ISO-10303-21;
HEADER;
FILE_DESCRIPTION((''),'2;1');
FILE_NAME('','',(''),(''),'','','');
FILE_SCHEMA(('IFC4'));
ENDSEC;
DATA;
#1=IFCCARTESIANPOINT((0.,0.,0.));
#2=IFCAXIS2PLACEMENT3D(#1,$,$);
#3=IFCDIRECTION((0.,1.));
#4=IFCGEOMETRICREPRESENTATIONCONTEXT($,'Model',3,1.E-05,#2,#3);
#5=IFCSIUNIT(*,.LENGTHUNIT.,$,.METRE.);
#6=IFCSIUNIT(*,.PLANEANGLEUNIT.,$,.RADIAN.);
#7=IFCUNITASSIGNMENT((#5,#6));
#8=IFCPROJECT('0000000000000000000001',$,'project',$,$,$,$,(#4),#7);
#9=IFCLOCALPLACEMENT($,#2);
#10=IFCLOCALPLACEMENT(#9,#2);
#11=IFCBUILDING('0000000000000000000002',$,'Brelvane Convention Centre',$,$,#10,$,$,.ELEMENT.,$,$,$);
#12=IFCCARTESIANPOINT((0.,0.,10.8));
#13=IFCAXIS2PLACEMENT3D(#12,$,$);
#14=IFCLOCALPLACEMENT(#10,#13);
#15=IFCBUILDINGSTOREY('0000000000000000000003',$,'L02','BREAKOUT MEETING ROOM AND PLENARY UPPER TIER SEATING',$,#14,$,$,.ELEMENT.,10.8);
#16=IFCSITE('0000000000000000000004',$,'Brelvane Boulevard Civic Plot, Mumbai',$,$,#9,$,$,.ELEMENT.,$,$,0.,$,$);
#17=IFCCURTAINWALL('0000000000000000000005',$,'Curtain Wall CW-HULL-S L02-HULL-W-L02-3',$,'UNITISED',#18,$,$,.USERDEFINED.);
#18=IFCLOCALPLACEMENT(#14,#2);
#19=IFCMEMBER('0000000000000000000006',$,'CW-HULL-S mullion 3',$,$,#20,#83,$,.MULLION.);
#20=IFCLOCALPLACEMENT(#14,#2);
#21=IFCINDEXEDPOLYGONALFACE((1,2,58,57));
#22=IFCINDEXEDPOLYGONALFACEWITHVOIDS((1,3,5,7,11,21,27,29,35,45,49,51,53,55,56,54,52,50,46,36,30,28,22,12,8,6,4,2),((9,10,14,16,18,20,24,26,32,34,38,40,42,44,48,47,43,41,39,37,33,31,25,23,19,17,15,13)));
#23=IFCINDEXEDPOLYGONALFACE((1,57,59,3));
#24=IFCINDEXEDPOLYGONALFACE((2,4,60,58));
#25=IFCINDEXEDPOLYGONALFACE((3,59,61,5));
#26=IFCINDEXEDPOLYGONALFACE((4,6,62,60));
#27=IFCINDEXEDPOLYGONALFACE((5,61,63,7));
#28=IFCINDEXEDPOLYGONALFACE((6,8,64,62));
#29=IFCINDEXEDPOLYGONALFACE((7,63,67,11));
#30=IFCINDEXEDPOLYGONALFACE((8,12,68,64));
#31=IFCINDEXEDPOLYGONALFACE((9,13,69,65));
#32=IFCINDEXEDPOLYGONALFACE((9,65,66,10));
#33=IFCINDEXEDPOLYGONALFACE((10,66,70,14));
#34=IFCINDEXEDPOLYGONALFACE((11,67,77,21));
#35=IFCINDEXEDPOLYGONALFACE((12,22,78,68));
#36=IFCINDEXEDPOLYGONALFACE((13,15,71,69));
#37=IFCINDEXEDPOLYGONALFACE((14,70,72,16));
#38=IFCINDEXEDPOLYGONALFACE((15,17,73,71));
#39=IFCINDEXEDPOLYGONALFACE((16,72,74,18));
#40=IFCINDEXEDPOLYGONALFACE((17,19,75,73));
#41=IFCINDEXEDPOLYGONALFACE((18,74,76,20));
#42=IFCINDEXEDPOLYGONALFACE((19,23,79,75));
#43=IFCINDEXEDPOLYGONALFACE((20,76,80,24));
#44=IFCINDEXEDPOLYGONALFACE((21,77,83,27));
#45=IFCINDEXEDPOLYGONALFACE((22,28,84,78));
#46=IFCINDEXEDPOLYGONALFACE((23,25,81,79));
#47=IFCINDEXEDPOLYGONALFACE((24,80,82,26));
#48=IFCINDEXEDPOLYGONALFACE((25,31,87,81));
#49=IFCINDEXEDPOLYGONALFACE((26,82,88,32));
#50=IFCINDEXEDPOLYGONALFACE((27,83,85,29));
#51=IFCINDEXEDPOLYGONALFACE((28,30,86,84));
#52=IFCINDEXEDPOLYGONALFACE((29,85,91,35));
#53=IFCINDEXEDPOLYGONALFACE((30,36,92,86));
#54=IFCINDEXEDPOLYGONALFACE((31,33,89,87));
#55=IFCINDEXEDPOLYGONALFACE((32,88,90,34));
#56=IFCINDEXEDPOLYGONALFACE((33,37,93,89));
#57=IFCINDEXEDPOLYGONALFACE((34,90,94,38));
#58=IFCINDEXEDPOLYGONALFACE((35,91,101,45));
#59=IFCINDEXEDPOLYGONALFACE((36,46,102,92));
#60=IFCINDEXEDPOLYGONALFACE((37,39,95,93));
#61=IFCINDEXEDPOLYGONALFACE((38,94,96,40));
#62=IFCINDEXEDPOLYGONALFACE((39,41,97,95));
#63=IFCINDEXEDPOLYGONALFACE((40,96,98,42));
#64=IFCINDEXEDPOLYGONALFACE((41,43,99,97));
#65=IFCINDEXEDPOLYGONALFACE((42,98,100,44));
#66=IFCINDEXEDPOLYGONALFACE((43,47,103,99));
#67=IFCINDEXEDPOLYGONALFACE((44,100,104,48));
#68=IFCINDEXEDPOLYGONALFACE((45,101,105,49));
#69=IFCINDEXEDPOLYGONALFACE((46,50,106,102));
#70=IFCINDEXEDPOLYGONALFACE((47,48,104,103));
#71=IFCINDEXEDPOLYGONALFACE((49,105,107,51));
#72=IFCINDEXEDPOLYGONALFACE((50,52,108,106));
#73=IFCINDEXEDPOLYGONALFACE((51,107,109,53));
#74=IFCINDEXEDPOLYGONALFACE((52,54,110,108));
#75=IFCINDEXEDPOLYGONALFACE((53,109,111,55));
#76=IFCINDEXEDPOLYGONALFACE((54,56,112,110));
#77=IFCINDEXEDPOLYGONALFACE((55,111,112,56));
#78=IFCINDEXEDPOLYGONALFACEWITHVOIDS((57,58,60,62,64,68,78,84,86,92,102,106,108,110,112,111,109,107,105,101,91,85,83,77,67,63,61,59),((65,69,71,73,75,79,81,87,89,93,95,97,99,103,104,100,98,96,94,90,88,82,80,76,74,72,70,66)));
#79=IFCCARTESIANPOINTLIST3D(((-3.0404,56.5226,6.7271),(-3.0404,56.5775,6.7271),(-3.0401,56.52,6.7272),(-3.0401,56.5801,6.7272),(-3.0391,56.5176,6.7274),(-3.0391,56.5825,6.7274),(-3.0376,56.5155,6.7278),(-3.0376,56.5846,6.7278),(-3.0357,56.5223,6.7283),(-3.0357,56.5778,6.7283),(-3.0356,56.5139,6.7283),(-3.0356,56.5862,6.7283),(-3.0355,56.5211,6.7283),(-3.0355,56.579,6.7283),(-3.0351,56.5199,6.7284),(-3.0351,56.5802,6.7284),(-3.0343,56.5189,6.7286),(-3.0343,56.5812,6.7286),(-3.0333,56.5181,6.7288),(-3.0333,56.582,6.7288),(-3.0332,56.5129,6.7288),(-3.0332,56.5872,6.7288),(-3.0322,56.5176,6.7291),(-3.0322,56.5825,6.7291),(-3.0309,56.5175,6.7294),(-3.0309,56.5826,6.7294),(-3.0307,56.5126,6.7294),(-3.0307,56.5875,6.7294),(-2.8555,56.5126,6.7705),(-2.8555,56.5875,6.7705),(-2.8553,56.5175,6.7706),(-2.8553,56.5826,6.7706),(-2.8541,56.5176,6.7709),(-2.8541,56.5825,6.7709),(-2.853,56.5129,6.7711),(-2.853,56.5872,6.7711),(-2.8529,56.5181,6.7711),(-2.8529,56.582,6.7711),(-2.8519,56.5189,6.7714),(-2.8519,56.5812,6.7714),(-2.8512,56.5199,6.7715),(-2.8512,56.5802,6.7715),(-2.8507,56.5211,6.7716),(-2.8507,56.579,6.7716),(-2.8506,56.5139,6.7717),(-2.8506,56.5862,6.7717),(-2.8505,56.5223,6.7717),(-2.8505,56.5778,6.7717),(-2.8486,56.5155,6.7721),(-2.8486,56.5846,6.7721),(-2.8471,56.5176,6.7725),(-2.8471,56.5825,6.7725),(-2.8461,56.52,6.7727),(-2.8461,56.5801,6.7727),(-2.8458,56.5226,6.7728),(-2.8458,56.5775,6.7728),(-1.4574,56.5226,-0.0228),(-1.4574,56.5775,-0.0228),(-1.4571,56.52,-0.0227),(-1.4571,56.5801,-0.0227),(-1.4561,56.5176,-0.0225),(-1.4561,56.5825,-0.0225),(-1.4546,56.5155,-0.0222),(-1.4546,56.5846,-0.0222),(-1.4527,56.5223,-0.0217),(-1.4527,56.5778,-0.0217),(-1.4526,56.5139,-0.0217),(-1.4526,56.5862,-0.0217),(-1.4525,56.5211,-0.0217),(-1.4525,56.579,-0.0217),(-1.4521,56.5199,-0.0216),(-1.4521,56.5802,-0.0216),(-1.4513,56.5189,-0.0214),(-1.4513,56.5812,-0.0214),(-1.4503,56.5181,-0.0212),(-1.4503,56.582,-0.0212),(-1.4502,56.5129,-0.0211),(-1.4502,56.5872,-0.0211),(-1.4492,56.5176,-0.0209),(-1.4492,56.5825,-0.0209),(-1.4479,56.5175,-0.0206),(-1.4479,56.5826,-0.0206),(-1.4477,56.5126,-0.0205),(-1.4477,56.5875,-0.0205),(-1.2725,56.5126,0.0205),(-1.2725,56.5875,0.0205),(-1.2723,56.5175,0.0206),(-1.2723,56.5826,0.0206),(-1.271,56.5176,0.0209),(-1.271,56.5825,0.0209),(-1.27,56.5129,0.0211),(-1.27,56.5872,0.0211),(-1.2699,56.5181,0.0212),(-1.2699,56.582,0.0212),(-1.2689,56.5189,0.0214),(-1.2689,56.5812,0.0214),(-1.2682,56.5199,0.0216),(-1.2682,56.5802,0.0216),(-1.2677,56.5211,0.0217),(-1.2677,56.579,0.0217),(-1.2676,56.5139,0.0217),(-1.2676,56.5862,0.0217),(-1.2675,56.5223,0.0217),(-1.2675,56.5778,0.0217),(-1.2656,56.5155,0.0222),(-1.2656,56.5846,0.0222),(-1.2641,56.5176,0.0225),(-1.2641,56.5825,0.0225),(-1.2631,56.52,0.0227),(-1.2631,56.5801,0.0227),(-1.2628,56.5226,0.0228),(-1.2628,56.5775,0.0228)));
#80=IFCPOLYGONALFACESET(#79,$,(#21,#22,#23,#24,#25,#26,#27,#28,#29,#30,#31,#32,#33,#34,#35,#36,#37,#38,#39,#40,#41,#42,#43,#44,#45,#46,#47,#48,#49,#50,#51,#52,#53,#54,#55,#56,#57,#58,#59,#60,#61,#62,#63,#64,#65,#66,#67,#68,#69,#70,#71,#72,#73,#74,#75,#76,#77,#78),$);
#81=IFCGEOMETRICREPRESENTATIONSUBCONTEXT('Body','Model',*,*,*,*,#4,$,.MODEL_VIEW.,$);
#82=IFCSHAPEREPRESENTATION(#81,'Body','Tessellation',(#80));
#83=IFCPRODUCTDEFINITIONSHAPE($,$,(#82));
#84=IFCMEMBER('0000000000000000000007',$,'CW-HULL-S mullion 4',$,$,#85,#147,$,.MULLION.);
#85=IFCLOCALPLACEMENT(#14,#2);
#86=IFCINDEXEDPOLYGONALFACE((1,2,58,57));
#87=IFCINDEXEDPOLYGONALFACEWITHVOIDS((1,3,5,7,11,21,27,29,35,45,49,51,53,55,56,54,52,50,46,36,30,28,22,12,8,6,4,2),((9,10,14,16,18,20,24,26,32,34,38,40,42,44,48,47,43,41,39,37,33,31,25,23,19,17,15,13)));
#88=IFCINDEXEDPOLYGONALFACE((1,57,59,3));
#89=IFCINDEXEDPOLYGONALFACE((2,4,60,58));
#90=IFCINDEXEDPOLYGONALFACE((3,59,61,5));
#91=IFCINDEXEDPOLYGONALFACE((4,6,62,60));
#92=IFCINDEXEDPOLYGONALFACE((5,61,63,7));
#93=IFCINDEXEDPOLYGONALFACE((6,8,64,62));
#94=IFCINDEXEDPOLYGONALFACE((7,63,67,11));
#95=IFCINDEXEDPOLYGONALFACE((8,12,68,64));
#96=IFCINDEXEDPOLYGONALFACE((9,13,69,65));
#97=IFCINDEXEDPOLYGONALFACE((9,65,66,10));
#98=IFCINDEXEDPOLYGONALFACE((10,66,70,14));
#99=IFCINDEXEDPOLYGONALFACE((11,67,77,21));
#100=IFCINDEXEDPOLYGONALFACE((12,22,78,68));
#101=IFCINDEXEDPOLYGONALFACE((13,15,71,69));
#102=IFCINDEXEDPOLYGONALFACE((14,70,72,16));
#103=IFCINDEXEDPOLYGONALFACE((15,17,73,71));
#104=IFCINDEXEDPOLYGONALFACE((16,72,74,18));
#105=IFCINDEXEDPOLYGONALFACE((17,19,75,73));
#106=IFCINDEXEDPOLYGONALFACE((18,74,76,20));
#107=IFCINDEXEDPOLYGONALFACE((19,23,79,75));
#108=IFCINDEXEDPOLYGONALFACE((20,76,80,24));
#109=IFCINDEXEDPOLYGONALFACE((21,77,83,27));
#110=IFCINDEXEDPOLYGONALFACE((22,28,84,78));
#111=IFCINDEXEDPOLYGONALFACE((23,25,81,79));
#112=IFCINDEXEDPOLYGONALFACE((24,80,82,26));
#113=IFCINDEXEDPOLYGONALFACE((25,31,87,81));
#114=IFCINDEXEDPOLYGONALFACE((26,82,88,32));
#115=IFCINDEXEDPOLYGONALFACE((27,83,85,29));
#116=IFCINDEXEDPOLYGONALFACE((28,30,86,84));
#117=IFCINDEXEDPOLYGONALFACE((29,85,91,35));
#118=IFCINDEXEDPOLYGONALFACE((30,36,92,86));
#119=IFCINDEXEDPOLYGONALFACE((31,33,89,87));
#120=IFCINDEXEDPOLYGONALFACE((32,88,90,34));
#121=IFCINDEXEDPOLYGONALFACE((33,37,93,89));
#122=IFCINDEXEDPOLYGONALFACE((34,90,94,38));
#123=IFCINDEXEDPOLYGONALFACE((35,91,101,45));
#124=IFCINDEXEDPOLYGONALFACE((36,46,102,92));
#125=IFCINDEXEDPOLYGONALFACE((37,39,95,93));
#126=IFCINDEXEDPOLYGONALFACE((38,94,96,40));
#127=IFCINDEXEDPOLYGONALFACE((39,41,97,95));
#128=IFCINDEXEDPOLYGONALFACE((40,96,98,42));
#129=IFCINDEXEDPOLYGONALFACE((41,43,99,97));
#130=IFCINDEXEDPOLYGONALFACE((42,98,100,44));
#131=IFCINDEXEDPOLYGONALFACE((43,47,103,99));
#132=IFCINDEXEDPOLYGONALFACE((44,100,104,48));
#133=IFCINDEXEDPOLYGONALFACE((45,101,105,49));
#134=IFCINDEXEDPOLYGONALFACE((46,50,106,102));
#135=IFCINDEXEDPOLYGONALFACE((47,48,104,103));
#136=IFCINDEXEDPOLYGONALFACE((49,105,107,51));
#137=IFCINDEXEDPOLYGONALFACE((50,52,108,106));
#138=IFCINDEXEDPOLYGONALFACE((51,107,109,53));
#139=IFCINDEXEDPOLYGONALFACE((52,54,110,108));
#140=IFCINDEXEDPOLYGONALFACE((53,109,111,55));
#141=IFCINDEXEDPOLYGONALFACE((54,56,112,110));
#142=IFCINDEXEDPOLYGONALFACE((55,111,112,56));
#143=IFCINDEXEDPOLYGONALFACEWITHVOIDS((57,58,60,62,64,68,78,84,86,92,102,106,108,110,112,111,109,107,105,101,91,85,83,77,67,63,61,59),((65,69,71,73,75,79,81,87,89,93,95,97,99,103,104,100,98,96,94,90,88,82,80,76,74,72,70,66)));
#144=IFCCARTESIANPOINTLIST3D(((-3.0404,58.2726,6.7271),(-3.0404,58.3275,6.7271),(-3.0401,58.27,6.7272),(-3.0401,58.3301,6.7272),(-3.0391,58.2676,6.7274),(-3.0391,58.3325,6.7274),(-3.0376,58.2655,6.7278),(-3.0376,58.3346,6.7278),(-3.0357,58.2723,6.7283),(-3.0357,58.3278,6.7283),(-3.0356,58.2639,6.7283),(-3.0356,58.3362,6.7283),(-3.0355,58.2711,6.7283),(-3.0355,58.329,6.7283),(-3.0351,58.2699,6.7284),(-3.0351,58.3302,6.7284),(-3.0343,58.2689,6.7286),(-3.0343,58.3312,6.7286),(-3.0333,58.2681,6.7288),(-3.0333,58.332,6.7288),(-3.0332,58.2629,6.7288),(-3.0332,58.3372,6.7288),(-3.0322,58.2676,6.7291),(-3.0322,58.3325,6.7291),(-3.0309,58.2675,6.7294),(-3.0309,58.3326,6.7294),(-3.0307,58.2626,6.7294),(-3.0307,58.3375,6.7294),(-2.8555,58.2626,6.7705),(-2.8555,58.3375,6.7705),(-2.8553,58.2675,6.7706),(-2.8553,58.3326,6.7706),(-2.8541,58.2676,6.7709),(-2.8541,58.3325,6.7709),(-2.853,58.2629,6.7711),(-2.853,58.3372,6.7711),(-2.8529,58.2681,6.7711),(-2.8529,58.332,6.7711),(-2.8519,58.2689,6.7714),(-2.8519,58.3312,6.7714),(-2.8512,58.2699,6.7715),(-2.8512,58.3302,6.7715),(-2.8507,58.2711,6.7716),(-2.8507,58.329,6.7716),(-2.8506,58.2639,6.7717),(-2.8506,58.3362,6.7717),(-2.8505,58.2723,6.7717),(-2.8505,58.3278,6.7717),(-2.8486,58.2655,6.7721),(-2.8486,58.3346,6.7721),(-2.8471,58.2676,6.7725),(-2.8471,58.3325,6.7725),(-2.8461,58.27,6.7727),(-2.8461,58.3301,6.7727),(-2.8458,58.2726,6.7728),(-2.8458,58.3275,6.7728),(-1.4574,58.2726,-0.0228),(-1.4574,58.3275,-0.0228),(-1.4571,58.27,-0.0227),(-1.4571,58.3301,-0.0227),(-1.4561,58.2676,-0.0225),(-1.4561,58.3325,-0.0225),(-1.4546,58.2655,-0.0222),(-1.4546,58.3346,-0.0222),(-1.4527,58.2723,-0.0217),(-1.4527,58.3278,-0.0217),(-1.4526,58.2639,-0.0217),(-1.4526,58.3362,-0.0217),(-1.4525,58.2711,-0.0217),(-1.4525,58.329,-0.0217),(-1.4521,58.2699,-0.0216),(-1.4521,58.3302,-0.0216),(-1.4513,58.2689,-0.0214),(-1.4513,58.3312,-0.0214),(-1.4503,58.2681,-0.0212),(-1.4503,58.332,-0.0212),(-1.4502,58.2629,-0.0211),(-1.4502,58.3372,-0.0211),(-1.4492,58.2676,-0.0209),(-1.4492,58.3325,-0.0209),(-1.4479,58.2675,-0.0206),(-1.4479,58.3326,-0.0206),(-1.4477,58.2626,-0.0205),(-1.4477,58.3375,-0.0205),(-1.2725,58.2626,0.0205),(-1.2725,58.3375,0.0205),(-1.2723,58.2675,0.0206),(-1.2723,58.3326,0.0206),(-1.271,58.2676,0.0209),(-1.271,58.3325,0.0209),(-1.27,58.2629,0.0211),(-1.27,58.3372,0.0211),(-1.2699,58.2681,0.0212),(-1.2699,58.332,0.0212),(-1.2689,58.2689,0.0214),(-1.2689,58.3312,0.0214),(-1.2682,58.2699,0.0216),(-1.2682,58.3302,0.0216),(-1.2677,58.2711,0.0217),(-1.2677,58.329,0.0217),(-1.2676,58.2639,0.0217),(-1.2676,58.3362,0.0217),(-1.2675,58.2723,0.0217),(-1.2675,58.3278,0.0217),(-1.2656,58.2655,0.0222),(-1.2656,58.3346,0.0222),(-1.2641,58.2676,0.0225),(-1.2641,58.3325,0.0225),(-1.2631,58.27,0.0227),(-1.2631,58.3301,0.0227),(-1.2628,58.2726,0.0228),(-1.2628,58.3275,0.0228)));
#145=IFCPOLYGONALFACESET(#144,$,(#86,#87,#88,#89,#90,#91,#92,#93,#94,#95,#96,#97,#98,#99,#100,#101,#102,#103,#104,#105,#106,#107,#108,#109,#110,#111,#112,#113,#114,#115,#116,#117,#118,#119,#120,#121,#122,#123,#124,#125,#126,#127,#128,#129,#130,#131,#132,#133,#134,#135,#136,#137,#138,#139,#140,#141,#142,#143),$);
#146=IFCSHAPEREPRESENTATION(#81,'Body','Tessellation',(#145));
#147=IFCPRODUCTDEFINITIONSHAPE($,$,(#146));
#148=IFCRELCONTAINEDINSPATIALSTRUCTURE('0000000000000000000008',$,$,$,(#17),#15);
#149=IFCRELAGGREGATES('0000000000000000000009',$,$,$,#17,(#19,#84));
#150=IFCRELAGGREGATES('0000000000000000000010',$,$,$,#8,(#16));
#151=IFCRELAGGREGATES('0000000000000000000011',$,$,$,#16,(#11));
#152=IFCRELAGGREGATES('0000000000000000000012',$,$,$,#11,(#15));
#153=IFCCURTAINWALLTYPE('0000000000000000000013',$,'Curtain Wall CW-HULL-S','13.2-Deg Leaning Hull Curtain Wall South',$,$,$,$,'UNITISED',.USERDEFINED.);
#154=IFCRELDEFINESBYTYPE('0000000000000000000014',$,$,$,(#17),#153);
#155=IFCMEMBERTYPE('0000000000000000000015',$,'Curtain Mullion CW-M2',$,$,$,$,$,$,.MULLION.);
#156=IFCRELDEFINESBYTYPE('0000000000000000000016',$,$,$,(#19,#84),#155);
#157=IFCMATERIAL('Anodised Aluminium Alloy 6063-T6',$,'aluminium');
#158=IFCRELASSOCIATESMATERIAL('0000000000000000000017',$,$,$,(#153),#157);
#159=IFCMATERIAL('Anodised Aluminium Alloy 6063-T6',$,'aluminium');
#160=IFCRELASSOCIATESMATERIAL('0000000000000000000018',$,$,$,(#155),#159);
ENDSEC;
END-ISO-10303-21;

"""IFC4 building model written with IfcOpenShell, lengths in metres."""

from ifc_helpers import new_model, si_unit, direction, frame, origin, origin_2d, place, context, subcontext, project, spatial, hollow_rectangle, extrude, material, material_profile, profile_set, type_object, element, aggregate, save


model = new_model("IFC4")

# Units and contexts
model_context = context("Model", 3, precision=1e-05, world=origin(), true_north=direction((0.0, 1.0)))
body_context = subcontext(model_context, "Body", "Model", "MODEL_VIEW")
ifc_project = project(units=[si_unit("LENGTHUNIT", "METRE"), si_unit("PLANEANGLEUNIT", "RADIAN")], contexts=[model_context])

# Site, building, storey
site_placement = place(None, origin())
site = spatial("IfcSite", under=ifc_project, at=site_placement, Name="Brelvane Boulevard Civic Plot, Mumbai", CompositionType="ELEMENT", RefElevation=0.0)
building_placement = place(site_placement, origin())
building = spatial("IfcBuilding", under=site, at=building_placement, Name="Brelvane Convention Centre", CompositionType="ELEMENT")
storey_placement = place(building_placement, frame((0.0, 0.0, 10.8)))
storey = spatial("IfcBuildingStorey", under=building, at=storey_placement, Name="L02", Description="BREAKOUT MEETING ROOM AND PLENARY UPPER TIER SEATING", CompositionType="ELEMENT", Elevation=10.8)

# Curtain wall, members
ifc_material_1 = material(Name="Anodised Aluminium Alloy 6063-T6", Category="aluminium")
curtain_wall_type = type_object("IfcCurtainWallType", Name="Curtain Wall CW-HULL-S", Description="13.2-Deg Leaning Hull Curtain Wall South", ElementType="UNITISED", PredefinedType="USERDEFINED", material=ifc_material_1)
curtain_wall_placement = place(storey_placement, origin())
curtain_wall = element("IfcCurtainWall", 1, at=curtain_wall_placement, inside=storey, type_object=curtain_wall_type, Name="Curtain Wall CW-HULL-S L02-HULL-W-L02-3", ObjectType="UNITISED", PredefinedType="USERDEFINED")
ifc_material_2 = material(Name="Anodised Aluminium Alloy 6063-T6", Category="aluminium")
ifc_material_profile_1 = material_profile(ifc_material_2, hollow_rectangle(XDim=0.075, YDim=0.2, WallThickness=0.0049, InnerFilletRadius=0.0049, OuterFilletRadius=0.01, at=origin_2d()), Name="ALU-M 200x75x5.0")
ifc_profile_set_1 = profile_set([ifc_material_profile_1], Name="Anodised Aluminium Alloy 6063-T6")
member_type_1 = type_object("IfcMemberType", Name="Curtain Mullion CW-M2", PredefinedType="MULLION", material=ifc_profile_set_1)
member_1_placement = place(storey_placement, frame((-1.3601, 56.55, 0.0), z_axis=(-0.228325, 0.0, 0.973585), x_axis=(0.0, -1.0, 0.0)))
member_1 = element("IfcMember", 2, at=member_1_placement, type_object=member_type_1, Name="CW-HULL-S mullion 3", PredefinedType="MULLION", context=body_context, shape_type="SweptSolid", body=[
    extrude(hollow_rectangle(XDim=0.075, YDim=0.2, WallThickness=0.0049, InnerFilletRadius=0.0049, OuterFilletRadius=0.01, at=origin_2d()), origin(), (0.0, 0.0, 1.0), 6.9331),
])
member_2_placement = place(storey_placement, frame((-1.3601, 58.3, 0.0), z_axis=(-0.228325, 0.0, 0.973585), x_axis=(0.0, -1.0, 0.0)))
member_2 = element("IfcMember", 3, at=member_2_placement, type_object=member_type_1, Name="CW-HULL-S mullion 4", PredefinedType="MULLION", context=body_context, shape_type="SweptSolid", body=[
    extrude(hollow_rectangle(XDim=0.075, YDim=0.2, WallThickness=0.0049, InnerFilletRadius=0.0049, OuterFilletRadius=0.01, at=origin_2d()), origin(), (0.0, 0.0, 1.0), 6.9331),
])
aggregate(curtain_wall, [member_1, member_2])

save(model, "model.ifc")
